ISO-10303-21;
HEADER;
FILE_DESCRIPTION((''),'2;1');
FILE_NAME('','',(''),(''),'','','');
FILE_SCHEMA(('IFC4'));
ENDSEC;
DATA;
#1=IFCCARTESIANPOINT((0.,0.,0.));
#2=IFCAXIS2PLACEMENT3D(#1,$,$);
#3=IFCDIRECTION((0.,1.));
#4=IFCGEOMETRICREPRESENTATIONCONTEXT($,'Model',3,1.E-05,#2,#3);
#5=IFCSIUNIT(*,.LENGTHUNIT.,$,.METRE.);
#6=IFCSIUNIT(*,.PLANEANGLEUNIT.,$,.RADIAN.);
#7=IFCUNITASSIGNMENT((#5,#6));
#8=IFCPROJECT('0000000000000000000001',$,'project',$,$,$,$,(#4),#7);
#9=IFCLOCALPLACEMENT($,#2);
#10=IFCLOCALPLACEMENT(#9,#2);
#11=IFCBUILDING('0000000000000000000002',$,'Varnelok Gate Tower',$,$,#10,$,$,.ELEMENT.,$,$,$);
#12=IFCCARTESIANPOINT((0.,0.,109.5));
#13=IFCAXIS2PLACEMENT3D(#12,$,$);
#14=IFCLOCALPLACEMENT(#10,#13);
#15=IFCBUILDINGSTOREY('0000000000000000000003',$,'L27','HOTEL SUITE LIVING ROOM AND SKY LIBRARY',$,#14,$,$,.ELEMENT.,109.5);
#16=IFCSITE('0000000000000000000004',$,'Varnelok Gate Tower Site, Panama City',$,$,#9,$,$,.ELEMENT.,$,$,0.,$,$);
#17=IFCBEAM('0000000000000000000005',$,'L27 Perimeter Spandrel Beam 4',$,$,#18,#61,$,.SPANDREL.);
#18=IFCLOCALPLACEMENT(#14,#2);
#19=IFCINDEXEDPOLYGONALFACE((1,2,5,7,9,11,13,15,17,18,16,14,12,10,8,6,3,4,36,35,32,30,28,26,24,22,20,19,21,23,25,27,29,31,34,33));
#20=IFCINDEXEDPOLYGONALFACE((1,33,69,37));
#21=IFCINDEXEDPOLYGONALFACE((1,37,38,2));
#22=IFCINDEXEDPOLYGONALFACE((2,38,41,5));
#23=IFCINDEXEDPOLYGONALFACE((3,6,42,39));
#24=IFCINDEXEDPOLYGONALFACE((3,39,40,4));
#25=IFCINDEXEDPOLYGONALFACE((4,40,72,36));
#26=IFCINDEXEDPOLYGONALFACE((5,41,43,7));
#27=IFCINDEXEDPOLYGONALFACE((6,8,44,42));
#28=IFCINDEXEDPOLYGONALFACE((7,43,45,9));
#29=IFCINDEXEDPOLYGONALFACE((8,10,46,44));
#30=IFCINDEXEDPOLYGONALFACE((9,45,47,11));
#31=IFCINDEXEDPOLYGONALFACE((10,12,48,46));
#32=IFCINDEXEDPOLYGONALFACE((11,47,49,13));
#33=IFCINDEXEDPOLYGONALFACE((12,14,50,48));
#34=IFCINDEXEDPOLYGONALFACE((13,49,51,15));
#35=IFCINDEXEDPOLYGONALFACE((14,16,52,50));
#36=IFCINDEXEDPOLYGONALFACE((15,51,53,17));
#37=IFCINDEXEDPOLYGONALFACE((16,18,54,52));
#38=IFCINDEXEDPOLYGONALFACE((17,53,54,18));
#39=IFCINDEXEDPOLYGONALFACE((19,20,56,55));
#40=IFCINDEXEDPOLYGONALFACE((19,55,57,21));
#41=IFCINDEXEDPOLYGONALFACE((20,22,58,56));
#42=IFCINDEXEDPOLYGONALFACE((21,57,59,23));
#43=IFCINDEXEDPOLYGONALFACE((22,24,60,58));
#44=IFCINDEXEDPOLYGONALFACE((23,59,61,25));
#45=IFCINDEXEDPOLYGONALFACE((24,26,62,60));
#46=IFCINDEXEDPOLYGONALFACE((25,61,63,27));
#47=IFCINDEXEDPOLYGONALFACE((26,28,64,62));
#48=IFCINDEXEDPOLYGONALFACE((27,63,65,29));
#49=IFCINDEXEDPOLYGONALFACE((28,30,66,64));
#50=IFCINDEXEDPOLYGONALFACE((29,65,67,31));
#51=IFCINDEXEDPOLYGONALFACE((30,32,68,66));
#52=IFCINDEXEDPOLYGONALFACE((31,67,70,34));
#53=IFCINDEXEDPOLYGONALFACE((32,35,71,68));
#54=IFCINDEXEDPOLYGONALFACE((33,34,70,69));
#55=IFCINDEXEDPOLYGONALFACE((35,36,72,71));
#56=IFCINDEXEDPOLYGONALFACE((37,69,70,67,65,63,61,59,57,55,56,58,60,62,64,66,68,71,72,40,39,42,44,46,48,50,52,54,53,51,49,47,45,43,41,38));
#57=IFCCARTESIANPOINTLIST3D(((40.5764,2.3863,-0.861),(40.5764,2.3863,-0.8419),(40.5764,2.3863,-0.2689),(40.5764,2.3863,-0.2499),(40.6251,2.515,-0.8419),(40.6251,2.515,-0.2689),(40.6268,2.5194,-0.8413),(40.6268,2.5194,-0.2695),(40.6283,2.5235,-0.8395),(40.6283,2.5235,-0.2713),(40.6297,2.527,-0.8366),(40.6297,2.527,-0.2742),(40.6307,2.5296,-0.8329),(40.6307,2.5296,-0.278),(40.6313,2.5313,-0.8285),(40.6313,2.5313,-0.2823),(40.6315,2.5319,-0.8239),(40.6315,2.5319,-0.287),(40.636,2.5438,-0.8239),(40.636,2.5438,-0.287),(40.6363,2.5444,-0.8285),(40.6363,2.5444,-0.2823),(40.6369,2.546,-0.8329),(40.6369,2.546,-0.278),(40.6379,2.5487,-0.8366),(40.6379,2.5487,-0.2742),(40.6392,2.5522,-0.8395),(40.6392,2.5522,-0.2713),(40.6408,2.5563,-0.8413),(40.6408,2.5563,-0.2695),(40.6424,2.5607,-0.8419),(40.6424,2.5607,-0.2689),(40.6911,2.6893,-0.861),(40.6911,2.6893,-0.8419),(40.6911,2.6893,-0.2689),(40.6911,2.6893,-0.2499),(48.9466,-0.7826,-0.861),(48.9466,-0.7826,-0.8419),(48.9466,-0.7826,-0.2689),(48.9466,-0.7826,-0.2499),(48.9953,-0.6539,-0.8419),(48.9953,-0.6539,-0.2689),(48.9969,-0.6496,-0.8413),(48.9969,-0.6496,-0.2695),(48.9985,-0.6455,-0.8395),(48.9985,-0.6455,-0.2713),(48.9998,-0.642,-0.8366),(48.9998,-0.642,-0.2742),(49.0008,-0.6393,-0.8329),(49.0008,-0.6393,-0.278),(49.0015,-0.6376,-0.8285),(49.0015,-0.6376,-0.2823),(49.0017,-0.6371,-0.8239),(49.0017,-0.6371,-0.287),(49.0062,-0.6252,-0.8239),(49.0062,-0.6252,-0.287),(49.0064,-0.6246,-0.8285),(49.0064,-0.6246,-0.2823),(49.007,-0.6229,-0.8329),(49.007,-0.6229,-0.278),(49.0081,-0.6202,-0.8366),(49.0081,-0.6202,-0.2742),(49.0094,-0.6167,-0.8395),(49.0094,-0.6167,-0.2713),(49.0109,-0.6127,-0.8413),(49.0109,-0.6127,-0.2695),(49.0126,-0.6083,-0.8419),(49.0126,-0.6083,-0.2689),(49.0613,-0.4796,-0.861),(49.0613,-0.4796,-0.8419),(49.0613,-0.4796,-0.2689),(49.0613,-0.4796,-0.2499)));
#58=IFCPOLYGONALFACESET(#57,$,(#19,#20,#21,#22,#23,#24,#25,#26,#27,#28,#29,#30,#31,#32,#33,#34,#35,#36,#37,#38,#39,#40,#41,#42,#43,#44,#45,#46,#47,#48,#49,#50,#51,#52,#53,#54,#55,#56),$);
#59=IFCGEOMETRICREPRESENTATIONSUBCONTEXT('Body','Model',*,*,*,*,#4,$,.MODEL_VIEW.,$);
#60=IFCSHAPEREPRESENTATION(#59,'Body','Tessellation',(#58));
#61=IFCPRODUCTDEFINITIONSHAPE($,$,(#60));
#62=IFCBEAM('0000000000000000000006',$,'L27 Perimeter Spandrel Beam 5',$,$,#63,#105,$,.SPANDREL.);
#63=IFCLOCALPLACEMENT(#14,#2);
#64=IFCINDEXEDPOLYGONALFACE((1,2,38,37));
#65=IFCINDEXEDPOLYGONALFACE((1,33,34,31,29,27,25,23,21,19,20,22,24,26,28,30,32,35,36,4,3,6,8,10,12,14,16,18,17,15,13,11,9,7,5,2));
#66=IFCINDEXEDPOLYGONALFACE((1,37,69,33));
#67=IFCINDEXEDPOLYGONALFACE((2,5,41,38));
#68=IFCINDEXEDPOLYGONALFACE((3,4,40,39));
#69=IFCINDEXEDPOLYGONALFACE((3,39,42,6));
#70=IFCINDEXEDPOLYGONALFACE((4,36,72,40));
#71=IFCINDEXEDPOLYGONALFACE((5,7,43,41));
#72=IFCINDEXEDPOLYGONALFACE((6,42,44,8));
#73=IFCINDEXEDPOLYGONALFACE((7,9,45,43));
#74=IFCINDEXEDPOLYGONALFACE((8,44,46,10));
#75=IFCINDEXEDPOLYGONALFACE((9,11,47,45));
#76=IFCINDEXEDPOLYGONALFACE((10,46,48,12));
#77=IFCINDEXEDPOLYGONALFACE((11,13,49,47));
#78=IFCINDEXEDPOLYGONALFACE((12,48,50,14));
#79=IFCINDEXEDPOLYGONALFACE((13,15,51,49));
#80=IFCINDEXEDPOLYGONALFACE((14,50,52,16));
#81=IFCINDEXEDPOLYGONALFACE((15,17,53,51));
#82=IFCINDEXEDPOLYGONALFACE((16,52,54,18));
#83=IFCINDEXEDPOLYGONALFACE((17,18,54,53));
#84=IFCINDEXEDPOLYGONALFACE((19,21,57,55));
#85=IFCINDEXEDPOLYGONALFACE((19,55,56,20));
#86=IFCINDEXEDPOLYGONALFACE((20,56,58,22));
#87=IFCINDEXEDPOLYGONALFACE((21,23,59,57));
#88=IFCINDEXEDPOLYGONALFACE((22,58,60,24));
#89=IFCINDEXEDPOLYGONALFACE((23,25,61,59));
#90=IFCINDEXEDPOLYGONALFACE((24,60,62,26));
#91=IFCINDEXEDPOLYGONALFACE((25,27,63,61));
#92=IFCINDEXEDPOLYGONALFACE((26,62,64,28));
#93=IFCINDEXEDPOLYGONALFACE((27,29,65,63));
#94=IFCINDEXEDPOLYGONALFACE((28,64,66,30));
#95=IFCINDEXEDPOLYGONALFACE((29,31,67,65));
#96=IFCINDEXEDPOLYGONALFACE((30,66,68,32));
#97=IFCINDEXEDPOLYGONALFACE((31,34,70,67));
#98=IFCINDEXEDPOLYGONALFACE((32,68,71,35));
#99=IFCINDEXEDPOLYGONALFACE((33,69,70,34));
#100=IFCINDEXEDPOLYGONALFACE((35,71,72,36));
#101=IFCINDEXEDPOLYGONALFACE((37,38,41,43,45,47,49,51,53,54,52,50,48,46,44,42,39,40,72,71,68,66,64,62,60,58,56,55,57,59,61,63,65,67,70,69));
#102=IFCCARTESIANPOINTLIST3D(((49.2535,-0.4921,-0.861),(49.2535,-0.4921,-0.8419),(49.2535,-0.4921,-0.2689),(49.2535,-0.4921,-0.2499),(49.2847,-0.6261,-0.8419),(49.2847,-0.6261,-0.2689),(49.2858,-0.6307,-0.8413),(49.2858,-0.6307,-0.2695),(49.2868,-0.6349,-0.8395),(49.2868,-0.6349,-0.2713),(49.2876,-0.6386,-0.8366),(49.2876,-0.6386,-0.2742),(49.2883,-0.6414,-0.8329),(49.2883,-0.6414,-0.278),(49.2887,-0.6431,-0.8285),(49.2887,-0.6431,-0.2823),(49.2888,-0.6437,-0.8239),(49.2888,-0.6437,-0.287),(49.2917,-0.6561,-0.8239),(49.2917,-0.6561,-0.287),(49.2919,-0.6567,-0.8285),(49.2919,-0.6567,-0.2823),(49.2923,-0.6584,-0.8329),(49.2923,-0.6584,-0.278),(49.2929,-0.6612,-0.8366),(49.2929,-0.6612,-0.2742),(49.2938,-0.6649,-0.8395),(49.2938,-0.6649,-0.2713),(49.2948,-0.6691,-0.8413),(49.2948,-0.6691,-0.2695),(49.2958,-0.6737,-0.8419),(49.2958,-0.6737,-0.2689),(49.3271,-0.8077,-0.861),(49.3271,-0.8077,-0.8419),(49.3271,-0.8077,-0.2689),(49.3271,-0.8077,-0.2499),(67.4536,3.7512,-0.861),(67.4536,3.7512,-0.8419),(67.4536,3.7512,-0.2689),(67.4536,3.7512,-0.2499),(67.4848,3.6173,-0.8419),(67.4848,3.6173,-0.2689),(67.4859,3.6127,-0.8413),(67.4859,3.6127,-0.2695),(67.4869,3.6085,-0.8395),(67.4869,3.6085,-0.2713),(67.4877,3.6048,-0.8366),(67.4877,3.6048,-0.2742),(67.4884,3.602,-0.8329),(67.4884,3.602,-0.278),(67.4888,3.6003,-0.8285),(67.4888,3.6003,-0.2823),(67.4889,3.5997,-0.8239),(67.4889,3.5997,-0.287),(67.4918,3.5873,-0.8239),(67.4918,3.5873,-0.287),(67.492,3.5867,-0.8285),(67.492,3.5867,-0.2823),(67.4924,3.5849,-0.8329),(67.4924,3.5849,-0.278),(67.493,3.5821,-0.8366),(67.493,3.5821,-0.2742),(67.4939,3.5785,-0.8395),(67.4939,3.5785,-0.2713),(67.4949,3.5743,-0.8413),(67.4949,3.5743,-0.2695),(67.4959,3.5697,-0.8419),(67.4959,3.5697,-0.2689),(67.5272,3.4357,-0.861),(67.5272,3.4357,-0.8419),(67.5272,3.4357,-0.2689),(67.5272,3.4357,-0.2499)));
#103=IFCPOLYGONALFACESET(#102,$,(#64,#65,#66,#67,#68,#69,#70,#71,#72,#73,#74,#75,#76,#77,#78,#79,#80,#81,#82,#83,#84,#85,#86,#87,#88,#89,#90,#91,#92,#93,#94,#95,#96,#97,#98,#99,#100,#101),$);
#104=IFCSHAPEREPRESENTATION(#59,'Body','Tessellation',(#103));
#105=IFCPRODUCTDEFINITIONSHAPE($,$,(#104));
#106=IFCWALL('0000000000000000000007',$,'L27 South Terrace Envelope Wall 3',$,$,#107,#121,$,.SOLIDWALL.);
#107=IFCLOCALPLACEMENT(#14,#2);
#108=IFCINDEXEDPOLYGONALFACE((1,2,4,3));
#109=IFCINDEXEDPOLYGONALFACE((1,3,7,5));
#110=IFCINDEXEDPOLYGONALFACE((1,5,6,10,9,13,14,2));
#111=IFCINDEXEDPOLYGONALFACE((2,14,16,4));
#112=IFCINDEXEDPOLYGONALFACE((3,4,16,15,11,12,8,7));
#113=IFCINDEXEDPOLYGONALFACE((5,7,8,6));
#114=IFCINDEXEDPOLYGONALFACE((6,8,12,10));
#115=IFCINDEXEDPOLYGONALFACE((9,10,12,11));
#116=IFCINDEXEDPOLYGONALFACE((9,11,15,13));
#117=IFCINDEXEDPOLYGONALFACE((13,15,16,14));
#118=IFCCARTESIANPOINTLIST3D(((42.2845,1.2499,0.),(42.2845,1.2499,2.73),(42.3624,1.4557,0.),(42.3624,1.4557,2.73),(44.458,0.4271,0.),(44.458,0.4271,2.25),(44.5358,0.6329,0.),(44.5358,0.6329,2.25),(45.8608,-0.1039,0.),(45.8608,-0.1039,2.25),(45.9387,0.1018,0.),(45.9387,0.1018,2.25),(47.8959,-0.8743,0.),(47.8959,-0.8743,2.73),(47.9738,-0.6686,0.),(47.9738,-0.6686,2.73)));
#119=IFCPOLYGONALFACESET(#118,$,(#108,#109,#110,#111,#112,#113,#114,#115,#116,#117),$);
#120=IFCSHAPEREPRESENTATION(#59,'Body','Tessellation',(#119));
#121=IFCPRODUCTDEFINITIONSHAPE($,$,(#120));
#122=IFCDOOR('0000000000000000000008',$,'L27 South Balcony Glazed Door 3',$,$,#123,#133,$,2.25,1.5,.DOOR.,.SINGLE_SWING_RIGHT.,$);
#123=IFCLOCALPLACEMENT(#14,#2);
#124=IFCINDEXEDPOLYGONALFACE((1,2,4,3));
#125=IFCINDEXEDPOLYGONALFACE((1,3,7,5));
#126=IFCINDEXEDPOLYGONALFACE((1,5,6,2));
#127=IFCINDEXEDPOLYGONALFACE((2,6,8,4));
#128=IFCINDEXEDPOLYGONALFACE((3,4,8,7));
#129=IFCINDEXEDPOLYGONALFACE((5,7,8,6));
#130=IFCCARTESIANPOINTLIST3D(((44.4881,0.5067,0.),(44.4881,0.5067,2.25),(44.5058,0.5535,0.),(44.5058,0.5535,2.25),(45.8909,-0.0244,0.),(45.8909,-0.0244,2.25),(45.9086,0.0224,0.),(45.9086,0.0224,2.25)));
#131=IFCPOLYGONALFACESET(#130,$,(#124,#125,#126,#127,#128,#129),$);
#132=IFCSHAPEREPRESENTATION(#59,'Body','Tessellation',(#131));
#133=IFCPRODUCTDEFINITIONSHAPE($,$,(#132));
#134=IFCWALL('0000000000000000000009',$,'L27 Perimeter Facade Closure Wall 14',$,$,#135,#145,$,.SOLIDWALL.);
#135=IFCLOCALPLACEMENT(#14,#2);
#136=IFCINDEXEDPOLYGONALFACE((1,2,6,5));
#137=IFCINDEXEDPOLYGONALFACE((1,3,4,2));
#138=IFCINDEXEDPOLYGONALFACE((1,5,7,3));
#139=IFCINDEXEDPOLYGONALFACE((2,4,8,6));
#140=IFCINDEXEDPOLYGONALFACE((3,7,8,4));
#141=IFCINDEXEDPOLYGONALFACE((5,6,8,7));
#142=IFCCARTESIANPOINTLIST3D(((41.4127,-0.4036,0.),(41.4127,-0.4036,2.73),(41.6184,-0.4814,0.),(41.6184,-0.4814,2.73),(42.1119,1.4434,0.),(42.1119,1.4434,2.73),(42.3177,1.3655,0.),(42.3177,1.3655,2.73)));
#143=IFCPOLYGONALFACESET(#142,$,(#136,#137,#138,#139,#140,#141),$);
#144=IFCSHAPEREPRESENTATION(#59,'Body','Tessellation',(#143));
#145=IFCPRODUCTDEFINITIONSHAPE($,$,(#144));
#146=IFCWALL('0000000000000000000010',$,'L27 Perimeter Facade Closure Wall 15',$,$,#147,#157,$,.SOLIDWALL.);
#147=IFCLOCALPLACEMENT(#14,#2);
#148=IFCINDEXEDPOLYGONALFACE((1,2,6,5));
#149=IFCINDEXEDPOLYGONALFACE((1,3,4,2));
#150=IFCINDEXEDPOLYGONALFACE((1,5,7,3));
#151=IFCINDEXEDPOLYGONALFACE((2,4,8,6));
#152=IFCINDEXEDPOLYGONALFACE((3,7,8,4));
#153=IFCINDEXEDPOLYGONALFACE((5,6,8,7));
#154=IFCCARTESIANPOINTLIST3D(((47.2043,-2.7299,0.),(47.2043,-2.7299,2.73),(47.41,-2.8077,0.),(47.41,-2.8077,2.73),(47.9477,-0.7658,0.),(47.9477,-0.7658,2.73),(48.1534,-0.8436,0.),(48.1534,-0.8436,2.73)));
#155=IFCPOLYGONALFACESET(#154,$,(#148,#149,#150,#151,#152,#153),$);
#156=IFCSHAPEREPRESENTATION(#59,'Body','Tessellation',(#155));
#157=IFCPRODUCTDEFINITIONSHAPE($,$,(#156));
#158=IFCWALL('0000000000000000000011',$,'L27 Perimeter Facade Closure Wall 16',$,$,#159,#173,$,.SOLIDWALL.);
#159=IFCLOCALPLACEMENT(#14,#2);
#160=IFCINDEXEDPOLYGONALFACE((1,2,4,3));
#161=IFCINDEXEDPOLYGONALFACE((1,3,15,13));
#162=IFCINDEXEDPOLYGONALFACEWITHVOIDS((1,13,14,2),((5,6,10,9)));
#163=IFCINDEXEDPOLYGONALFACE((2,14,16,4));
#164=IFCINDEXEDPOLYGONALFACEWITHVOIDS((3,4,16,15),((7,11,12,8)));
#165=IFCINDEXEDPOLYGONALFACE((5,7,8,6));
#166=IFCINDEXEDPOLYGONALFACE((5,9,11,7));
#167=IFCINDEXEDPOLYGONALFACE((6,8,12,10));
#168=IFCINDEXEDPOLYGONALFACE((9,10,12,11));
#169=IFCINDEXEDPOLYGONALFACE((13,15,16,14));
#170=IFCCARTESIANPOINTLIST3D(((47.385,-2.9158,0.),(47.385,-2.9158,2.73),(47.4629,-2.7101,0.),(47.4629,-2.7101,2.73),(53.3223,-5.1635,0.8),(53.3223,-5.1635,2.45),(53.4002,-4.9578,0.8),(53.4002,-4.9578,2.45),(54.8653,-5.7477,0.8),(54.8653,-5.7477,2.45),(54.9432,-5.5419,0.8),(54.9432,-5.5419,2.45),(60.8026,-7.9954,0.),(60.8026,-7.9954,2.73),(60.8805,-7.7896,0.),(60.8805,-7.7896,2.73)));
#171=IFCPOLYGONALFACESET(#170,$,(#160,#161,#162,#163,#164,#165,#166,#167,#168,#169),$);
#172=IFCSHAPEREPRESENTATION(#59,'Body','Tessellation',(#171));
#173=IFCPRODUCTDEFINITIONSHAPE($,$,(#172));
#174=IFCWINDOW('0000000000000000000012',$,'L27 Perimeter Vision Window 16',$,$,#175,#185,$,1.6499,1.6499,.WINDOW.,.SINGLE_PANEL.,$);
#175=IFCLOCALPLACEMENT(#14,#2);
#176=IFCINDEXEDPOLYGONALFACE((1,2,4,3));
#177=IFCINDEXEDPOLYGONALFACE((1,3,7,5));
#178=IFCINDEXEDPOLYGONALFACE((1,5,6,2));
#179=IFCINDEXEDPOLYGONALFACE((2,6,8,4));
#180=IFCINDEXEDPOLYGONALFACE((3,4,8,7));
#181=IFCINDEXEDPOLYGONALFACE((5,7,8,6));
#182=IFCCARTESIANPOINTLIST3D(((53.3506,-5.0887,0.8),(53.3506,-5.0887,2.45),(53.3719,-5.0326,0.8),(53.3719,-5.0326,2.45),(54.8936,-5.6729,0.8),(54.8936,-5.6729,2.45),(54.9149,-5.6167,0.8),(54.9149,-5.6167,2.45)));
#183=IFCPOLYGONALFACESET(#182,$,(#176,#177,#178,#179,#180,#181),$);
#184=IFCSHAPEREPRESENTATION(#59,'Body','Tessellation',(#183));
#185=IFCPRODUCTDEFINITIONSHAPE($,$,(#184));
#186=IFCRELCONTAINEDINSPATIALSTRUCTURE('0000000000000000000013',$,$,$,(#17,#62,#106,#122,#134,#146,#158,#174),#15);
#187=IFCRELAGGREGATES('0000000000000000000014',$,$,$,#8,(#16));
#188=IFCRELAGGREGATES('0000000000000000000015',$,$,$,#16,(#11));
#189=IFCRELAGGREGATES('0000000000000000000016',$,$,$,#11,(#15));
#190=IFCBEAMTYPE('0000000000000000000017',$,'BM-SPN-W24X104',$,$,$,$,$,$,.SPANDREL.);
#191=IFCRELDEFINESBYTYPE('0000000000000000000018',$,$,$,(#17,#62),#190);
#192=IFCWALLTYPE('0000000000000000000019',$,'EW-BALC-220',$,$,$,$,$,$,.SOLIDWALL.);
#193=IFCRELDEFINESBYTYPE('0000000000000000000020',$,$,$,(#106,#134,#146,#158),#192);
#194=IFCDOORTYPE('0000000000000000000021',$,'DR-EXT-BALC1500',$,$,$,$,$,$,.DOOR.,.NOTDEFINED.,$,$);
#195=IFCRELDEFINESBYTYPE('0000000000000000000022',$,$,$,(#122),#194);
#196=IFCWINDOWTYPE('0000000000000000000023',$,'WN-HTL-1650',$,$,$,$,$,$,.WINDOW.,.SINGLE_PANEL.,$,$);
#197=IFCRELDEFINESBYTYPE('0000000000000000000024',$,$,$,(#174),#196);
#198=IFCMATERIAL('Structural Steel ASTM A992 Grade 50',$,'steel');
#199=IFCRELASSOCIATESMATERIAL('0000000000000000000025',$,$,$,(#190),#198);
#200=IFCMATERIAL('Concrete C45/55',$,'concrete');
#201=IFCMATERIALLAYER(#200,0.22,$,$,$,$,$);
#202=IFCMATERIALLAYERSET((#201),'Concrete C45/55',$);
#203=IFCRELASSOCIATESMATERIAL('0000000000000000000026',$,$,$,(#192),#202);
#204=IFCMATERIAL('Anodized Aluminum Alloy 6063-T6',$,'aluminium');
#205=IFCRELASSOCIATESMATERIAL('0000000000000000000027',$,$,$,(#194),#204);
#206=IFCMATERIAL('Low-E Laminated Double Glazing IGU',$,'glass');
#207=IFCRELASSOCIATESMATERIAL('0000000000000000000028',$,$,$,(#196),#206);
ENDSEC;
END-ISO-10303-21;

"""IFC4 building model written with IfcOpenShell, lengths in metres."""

from ifc_helpers import new_model, si_unit, direction, frame, frame_2d, origin, origin_2d, place, context, subcontext, project, spatial, rectangle, i_section, extrude, material, layer, layer_set, material_profile, profile_set, type_object, element, fill, save


model = new_model("IFC4")

# Units and contexts
model_context = context("Model", 3, precision=1e-05, world=origin(), true_north=direction((0.0, 1.0)))
body_context = subcontext(model_context, "Body", "Model", "MODEL_VIEW")
ifc_project = project(units=[si_unit("LENGTHUNIT", "METRE"), si_unit("PLANEANGLEUNIT", "RADIAN")], contexts=[model_context])

# Site, building, storey
site_placement = place(None, origin())
site = spatial("IfcSite", under=ifc_project, at=site_placement, Name="Varnelok Gate Tower Site, Panama City", CompositionType="ELEMENT", RefElevation=0.0)
building_placement = place(site_placement, origin())
building = spatial("IfcBuilding", under=site, at=building_placement, Name="Varnelok Gate Tower", CompositionType="ELEMENT")
storey_placement = place(building_placement, frame((0.0, 0.0, 109.5)))
storey = spatial("IfcBuildingStorey", under=building, at=storey_placement, Name="L27", Description="HOTEL SUITE LIVING ROOM AND SKY LIBRARY", CompositionType="ELEMENT", Elevation=109.5)

# Shared definitions
ifc_material_1 = material(Name="Structural Steel ASTM A992 Grade 50", Category="steel")

# Beams
ifc_material_profile_1 = material_profile(ifc_material_1, i_section(OverallWidth=0.324, OverallDepth=0.6111, WebThickness=0.0127, FlangeThickness=0.019, FilletRadius=0.0181, at=origin_2d()), Name="W24X104")
ifc_profile_set_1 = profile_set([ifc_material_profile_1], Name="Structural Steel ASTM A992 Grade 50")
beam_type_1 = type_object("IfcBeamType", Name="BM-SPN-W24X104", PredefinedType="SPANDREL", material=ifc_profile_set_1)
beam_1_placement = place(storey_placement, frame((40.6338, 2.5378, -0.5554), z_axis=(0.935217, -0.354075, 0.0), x_axis=(0.354075, 0.935217, 0.0)))
element("IfcBeam", 1, at=beam_1_placement, inside=storey, type_object=beam_type_1, Name="L27 Perimeter Spandrel Beam 4", PredefinedType="SPANDREL", context=body_context, shape_type="SweptSolid", body=[
    extrude(i_section(OverallWidth=0.324, OverallDepth=0.6111, WebThickness=0.0127, FlangeThickness=0.019, FilletRadius=0.0181, at=origin_2d()), origin(), (0.0, 0.0, 1.0), 8.95),
])
beam_2_placement = place(storey_placement, frame((49.2903, -0.6499, -0.5554), z_axis=(0.97388, 0.227062, 0.0), x_axis=(-0.227062, 0.97388, 0.0)))
element("IfcBeam", 2, at=beam_2_placement, inside=storey, type_object=beam_type_1, Name="L27 Perimeter Spandrel Beam 5", PredefinedType="SPANDREL", context=body_context, shape_type="SweptSolid", body=[
    extrude(i_section(OverallWidth=0.324, OverallDepth=0.6111, WebThickness=0.0127, FlangeThickness=0.019, FilletRadius=0.0181, at=origin_2d()), origin(), (0.0, 0.0, 1.0), 18.6882),
])

# Wall, opening, door
ifc_material_2 = material(Name="Concrete C45/55", Category="concrete")
ifc_layer_1 = layer(ifc_material_2, 0.22)
ifc_layer_set_1 = layer_set([ifc_layer_1], Name="Concrete C45/55")
wall_type_1 = type_object("IfcWallType", Name="EW-BALC-220", PredefinedType="SOLIDWALL", material=ifc_layer_set_1)
wall_1_placement = place(storey_placement, frame((47.9348, -0.7715, 0.0), z_axis=(0.0, 0.0, 1.0), x_axis=(-0.935228, 0.354047, 0.0)))
wall_1 = element("IfcWall", 3, at=wall_1_placement, inside=storey, type_object=wall_type_1, Name="L27 South Terrace Envelope Wall 3", PredefinedType="SOLIDWALL", context=body_context, shape_type="SweptSolid", body=[
    extrude(rectangle(XDim=6.0, YDim=0.22, at=frame_2d((3.0, 0.0))), origin(), (0.0, 0.0, 1.0), 2.73),
])
opening_1_placement = place(wall_1_placement, frame((2.176, 0.0, 0.0)))
opening_1 = element("IfcOpeningElement", 4, at=opening_1_placement, cuts=wall_1, PredefinedType="OPENING", context=body_context, shape_type="SweptSolid", body=[
    extrude(rectangle(XDim=1.5, YDim=2.25, at=frame_2d((0.75, 1.125))), frame((0.0, 0.1199, 0.0), z_axis=(0.0, -1.0, 0.0), x_axis=(1.0, 0.0, 0.0)), (0.0, 0.0, 1.0), 0.24),
])
ifc_material_3 = material(Name="Anodized Aluminum Alloy 6063-T6", Category="aluminium")
door_type_1 = type_object("IfcDoorType", Name="DR-EXT-BALC1500", OperationType="NOTDEFINED", PredefinedType="DOOR", material=ifc_material_3)
door_1_placement = place(opening_1_placement, origin())
door_1 = element("IfcDoor", 5, at=door_1_placement, inside=storey, type_object=door_type_1, Name="L27 South Balcony Glazed Door 3", OperationType="SINGLE_SWING_RIGHT", OverallHeight=2.25, OverallWidth=1.5, PredefinedType="DOOR", context=body_context, shape_type="SweptSolid", body=[
    extrude(rectangle(XDim=1.5, YDim=2.25, at=frame_2d((0.75, 1.125))), frame((0.0, 0.0249, 0.0), z_axis=(0.0, -1.0, 0.0), x_axis=(1.0, 0.0, 0.0)), (0.0, 0.0, 1.0), 0.05),
])
fill(opening_1, door_1)

# Walls
wall_2_placement = place(storey_placement, frame((41.5156, -0.4424, 0.0), z_axis=(0.0, 0.0, 1.0), x_axis=(0.354062, 0.935222, 0.0)))
element("IfcWall", 6, at=wall_2_placement, inside=storey, type_object=wall_type_1, Name="L27 Perimeter Facade Closure Wall 14", PredefinedType="SOLIDWALL", context=body_context, shape_type="SweptSolid", body=[
    extrude(rectangle(XDim=1.9749, YDim=0.22, at=frame_2d((0.9873, 0.0))), origin(), (0.0, 0.0, 1.0), 2.73),
])
wall_3_placement = place(storey_placement, frame((48.0505, -0.8047, 0.0), z_axis=(0.0, 0.0, 1.0), x_axis=(-0.353988, -0.93525, 0.0)))
element("IfcWall", 7, at=wall_3_placement, inside=storey, type_object=wall_type_1, Name="L27 Perimeter Facade Closure Wall 15", PredefinedType="SOLIDWALL", context=body_context, shape_type="SweptSolid", body=[
    extrude(rectangle(XDim=2.1001, YDim=0.22, at=frame_2d((1.05, 0.0))), origin(), (0.0, 0.0, 1.0), 2.73),
])

# Wall, opening, window
wall_4_placement = place(storey_placement, frame((47.4241, -2.813, 0.0), z_axis=(0.0, 0.0, 1.0), x_axis=(0.935226, -0.354051, 0.0)))
wall_4 = element("IfcWall", 8, at=wall_4_placement, inside=storey, type_object=wall_type_1, Name="L27 Perimeter Facade Closure Wall 16", PredefinedType="SOLIDWALL", context=body_context, shape_type="SweptSolid", body=[
    extrude(rectangle(XDim=14.3469, YDim=0.22, at=frame_2d((7.1733, 0.0))), origin(), (0.0, 0.0, 1.0), 2.73),
])
opening_2_placement = place(wall_4_placement, frame((6.3484, 0.0, 0.8)))
opening_2 = element("IfcOpeningElement", 9, at=opening_2_placement, cuts=wall_4, PredefinedType="OPENING", context=body_context, shape_type="SweptSolid", body=[
    extrude(rectangle(XDim=1.6499, YDim=1.6499, at=frame_2d((0.825, 0.825))), frame((0.0, 0.1199, 0.0), z_axis=(0.0, -1.0, 0.0), x_axis=(1.0, 0.0, 0.0)), (0.0, 0.0, 1.0), 0.24),
])
ifc_material_4 = material(Name="Low-E Laminated Double Glazing IGU", Category="glass")
window_type = type_object("IfcWindowType", Name="WN-HTL-1650", PartitioningType="SINGLE_PANEL", PredefinedType="WINDOW", material=ifc_material_4)
window_placement = place(opening_2_placement, origin())
window = element("IfcWindow", 10, at=window_placement, inside=storey, type_object=window_type, Name="L27 Perimeter Vision Window 16", OverallHeight=1.6499, OverallWidth=1.6499, PartitioningType="SINGLE_PANEL", PredefinedType="WINDOW", context=body_context, shape_type="SweptSolid", body=[
    extrude(rectangle(XDim=1.6499, YDim=1.6499, at=frame_2d((0.825, 0.825))), frame((0.0, 0.03, 0.0), z_axis=(0.0, -1.0, 0.0), x_axis=(1.0, 0.0, 0.0)), (0.0, 0.0, 1.0), 0.0601),
])
fill(opening_2, window)

save(model, "model.ifc")
